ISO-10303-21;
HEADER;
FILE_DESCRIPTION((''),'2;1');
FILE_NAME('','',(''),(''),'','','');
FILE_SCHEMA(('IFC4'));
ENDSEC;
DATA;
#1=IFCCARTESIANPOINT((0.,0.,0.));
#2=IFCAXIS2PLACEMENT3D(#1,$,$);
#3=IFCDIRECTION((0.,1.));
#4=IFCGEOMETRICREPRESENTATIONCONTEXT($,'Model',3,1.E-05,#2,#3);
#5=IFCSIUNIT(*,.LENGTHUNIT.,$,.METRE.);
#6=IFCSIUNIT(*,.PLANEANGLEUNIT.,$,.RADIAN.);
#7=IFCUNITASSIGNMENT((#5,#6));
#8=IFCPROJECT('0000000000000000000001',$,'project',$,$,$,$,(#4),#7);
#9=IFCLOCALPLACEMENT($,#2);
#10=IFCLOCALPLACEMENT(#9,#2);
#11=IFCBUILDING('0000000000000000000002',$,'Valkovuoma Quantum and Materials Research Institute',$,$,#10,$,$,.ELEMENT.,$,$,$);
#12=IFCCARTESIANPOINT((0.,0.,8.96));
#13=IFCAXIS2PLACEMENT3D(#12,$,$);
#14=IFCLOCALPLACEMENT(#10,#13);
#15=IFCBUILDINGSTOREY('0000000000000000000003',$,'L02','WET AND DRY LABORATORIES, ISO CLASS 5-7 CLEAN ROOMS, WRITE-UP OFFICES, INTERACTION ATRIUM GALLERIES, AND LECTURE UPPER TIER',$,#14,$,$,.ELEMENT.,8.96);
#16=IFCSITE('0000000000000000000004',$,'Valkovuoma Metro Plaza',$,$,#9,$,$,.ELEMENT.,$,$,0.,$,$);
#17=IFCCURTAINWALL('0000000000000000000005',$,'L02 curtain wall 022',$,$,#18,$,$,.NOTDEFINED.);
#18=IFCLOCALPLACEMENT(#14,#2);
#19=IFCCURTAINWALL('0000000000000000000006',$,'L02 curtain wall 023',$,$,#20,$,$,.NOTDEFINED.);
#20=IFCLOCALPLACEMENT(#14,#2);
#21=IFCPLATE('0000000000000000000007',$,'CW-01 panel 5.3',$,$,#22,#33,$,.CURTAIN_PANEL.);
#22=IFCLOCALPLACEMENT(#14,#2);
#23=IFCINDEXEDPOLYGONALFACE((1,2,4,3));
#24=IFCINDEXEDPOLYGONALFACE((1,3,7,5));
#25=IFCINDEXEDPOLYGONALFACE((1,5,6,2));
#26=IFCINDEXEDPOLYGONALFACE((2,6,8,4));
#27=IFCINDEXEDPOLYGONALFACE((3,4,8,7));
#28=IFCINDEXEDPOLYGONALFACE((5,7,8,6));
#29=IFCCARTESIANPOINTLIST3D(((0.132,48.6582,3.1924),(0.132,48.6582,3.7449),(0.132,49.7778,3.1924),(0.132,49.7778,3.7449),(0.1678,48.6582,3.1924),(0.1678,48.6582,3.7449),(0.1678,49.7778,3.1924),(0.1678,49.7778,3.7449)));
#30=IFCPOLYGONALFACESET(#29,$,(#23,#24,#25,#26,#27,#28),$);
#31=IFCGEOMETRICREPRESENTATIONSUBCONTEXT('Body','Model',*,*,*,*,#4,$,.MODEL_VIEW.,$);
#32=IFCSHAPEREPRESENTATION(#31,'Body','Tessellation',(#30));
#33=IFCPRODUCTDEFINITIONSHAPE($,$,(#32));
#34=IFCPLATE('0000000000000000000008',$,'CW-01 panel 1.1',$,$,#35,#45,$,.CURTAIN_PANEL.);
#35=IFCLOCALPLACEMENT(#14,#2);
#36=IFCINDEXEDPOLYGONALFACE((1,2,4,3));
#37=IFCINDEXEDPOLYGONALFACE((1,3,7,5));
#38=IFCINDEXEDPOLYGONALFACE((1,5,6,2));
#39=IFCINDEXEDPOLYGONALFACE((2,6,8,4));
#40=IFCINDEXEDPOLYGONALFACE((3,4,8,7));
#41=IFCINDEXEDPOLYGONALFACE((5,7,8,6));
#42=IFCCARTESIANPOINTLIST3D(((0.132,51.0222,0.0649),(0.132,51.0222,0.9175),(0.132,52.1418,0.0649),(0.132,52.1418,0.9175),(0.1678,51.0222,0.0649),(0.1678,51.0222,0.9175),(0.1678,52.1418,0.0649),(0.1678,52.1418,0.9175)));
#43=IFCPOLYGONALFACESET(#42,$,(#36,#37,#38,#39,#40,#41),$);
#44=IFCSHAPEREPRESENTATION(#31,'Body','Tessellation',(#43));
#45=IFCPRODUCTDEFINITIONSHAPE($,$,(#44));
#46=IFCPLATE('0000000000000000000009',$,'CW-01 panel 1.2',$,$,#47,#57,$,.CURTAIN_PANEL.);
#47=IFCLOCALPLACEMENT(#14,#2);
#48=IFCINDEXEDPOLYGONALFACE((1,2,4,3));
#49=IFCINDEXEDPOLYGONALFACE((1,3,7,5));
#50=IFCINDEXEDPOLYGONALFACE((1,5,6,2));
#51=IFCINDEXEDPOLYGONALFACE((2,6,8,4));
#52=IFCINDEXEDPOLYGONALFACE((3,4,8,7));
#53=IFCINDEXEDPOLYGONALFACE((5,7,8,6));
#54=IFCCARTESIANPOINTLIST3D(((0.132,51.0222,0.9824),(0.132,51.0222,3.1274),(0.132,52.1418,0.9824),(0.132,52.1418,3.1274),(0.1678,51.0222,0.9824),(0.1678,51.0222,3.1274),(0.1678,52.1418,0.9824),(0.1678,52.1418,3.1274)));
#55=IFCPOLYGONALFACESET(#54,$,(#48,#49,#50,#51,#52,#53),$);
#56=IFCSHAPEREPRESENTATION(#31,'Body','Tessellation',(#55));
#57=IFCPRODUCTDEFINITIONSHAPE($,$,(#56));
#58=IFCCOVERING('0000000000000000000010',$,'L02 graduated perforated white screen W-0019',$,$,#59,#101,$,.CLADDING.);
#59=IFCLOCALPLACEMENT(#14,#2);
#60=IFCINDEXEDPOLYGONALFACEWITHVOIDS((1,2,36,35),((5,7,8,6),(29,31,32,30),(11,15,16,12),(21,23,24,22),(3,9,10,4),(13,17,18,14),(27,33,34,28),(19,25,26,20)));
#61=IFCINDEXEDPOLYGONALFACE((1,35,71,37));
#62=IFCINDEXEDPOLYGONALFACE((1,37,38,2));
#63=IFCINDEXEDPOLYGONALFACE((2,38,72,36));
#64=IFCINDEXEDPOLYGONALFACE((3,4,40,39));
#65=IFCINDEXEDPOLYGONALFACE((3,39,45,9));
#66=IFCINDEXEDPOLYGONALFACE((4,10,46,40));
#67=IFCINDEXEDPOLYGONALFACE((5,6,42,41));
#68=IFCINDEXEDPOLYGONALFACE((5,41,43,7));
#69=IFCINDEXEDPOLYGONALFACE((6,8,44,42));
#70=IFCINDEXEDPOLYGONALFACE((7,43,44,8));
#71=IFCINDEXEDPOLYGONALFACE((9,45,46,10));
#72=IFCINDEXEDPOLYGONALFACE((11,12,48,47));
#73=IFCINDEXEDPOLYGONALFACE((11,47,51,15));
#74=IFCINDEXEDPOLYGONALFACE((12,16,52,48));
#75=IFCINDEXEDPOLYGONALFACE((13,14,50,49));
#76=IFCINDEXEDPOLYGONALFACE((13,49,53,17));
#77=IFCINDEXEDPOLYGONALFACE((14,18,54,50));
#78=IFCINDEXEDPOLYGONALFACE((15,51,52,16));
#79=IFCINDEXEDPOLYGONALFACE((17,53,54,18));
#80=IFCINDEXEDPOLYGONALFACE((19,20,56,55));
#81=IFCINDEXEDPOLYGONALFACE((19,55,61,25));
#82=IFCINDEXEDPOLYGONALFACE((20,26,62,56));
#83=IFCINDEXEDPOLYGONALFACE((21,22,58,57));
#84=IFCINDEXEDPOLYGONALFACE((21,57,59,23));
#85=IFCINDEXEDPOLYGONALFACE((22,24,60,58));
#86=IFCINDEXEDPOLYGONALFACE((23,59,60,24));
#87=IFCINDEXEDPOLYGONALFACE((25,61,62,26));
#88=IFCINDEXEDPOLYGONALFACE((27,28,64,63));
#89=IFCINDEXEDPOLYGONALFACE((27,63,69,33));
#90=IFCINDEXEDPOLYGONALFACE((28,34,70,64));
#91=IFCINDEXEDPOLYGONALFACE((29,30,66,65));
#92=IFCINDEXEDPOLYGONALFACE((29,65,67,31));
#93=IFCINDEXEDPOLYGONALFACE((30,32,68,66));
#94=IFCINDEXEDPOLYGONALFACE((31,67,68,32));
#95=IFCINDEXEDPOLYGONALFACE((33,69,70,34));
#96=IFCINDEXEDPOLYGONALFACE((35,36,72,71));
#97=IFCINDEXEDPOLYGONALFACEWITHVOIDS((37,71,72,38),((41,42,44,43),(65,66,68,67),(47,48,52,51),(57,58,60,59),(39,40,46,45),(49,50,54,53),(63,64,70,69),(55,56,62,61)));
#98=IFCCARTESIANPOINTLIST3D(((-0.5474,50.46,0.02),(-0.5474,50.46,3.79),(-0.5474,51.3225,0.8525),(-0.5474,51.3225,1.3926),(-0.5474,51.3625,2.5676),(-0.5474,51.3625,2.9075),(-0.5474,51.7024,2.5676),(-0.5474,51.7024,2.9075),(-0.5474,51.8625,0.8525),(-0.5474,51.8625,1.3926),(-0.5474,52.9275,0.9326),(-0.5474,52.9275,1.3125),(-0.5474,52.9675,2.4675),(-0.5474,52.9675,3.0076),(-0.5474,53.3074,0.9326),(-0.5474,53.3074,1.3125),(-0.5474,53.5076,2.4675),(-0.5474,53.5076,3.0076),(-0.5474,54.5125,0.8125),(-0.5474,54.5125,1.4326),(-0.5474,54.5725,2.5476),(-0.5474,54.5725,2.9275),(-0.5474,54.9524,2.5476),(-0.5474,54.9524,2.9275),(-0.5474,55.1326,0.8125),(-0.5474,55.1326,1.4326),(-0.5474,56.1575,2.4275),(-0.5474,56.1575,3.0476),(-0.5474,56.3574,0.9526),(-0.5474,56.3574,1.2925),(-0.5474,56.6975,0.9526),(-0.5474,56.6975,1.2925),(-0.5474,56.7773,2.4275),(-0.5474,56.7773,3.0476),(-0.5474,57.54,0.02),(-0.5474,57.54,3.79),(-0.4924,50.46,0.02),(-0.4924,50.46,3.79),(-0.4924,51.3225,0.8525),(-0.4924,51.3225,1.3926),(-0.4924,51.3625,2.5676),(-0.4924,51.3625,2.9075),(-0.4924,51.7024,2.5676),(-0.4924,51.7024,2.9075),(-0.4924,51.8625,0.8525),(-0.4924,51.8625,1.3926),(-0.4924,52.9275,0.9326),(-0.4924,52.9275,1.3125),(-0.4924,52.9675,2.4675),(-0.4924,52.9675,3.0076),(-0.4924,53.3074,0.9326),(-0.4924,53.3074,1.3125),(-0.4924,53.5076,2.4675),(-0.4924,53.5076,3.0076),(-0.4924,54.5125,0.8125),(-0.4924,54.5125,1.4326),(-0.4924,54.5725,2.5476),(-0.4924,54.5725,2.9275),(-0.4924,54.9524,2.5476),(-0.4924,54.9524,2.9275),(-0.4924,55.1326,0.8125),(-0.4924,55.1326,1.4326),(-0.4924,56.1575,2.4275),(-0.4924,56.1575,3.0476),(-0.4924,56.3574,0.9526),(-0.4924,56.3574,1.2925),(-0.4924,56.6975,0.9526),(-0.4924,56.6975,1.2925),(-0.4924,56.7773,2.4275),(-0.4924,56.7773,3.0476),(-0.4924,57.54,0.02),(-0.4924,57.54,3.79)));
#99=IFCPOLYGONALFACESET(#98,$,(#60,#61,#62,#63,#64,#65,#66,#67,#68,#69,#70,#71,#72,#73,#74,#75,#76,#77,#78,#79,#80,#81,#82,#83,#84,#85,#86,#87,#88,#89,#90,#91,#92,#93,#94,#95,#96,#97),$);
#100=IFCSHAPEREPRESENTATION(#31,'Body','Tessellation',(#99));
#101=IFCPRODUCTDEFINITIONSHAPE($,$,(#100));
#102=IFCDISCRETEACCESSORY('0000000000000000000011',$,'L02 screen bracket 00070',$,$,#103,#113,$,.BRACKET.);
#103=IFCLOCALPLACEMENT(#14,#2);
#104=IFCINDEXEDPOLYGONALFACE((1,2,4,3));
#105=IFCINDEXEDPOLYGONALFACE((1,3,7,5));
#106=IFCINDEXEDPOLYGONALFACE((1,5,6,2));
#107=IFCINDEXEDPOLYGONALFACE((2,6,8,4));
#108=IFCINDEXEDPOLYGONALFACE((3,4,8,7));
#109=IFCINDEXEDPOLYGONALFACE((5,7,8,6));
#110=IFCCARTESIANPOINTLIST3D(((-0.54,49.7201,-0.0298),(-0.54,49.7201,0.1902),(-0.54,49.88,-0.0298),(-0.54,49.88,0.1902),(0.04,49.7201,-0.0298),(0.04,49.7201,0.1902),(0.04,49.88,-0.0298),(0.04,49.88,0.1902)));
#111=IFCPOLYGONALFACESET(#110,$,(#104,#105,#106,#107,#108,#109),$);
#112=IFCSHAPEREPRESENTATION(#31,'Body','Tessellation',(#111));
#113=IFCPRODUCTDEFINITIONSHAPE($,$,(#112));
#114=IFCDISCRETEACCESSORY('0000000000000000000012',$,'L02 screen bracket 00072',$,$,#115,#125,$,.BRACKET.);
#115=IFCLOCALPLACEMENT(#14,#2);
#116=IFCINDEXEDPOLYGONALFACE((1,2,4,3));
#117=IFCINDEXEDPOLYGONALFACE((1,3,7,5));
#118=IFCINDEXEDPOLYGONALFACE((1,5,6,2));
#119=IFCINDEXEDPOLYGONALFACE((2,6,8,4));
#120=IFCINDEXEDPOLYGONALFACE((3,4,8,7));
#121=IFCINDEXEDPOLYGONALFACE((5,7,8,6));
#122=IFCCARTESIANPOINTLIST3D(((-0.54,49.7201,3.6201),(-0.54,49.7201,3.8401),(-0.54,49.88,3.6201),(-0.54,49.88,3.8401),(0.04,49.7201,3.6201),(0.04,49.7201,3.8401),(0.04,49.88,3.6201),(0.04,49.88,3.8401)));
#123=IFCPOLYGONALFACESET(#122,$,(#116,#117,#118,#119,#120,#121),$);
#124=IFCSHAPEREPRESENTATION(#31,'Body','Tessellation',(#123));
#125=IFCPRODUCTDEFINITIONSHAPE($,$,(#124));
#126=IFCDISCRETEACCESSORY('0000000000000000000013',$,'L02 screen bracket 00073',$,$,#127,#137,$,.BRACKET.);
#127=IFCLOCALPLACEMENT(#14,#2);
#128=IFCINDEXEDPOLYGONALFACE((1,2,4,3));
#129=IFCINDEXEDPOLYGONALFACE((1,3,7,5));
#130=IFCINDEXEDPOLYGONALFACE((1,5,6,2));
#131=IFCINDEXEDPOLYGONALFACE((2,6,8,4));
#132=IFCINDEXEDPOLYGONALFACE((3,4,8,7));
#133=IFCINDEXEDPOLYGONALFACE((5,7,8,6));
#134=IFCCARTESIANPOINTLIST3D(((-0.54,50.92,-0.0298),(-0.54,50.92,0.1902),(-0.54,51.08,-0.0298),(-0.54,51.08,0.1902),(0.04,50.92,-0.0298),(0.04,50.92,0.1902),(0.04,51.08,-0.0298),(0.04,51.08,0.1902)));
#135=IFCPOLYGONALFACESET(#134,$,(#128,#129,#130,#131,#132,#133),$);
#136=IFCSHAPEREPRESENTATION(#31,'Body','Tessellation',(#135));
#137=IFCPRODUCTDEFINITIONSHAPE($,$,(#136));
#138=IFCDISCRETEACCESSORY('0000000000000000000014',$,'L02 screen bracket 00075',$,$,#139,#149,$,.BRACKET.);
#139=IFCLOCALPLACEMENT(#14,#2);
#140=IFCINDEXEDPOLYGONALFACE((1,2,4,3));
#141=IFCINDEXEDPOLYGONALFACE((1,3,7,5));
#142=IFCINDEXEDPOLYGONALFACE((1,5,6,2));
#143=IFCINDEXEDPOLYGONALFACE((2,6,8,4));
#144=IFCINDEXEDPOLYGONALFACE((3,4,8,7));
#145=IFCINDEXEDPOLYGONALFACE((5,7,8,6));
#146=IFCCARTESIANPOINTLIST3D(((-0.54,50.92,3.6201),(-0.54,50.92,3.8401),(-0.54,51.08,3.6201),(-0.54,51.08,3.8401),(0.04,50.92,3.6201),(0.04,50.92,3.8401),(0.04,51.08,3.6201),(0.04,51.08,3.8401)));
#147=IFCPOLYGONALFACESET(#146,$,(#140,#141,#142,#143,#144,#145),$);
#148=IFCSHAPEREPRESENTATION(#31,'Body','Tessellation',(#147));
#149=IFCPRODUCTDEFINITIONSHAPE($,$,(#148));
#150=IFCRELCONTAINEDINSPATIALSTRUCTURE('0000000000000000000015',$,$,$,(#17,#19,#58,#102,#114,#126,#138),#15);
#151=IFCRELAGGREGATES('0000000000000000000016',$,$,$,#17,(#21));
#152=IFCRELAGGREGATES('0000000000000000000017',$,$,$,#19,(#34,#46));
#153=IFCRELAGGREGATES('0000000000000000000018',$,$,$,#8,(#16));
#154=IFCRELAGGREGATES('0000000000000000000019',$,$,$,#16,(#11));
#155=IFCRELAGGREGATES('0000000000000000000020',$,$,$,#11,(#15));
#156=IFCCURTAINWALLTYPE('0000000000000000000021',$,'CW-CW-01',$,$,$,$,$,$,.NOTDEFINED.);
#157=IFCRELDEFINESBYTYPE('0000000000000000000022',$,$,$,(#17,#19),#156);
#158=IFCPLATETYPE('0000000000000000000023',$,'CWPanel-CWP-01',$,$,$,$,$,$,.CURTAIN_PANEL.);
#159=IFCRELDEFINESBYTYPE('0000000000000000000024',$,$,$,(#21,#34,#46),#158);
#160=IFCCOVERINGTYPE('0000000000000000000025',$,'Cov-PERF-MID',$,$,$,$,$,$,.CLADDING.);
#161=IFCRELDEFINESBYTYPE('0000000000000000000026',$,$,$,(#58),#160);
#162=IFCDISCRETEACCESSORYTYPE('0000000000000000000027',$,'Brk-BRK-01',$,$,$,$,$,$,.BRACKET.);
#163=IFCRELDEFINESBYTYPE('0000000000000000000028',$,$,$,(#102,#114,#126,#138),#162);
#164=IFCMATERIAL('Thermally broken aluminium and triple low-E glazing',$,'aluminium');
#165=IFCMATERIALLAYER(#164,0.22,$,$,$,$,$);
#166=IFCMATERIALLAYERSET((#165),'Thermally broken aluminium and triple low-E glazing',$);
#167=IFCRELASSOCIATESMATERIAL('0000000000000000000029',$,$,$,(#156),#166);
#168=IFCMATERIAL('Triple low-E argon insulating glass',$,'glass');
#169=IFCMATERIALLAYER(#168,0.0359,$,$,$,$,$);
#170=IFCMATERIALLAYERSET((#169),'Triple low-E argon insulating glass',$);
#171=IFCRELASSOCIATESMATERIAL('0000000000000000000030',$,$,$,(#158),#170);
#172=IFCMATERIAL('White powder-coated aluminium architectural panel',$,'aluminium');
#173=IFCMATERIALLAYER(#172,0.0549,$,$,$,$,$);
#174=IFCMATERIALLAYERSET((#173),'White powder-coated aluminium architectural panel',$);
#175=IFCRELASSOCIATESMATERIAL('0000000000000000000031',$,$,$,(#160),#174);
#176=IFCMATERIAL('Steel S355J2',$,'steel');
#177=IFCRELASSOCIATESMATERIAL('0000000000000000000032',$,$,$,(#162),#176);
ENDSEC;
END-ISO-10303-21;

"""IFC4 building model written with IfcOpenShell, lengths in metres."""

from ifc_helpers import new_model, si_unit, direction, frame, origin, origin_2d, place, context, subcontext, project, spatial, polyline, rectangle, outline, extrude, material, layer, layer_set, type_object, element, aggregate, save


model = new_model("IFC4")

# Units and contexts
model_context = context("Model", 3, precision=1e-05, world=origin(), true_north=direction((0.0, 1.0)))
body_context = subcontext(model_context, "Body", "Model", "MODEL_VIEW")
ifc_project = project(units=[si_unit("LENGTHUNIT", "METRE"), si_unit("PLANEANGLEUNIT", "RADIAN")], contexts=[model_context])

# Site, building, storey
site_placement = place(None, origin())
site = spatial("IfcSite", under=ifc_project, at=site_placement, Name="Valkovuoma Metro Plaza", CompositionType="ELEMENT", RefElevation=0.0)
building_placement = place(site_placement, origin())
building = spatial("IfcBuilding", under=site, at=building_placement, Name="Valkovuoma Quantum and Materials Research Institute", CompositionType="ELEMENT")
storey_placement = place(building_placement, frame((0.0, 0.0, 8.96)))
storey = spatial("IfcBuildingStorey", under=building, at=storey_placement, Name="L02", Description="WET AND DRY LABORATORIES, ISO CLASS 5-7 CLEAN ROOMS, WRITE-UP OFFICES, INTERACTION ATRIUM GALLERIES, AND LECTURE UPPER TIER", CompositionType="ELEMENT", Elevation=8.96)

# Curtain wall
ifc_material_1 = material(Name="Thermally broken aluminium and triple low-E glazing", Category="aluminium")
ifc_layer_1 = layer(ifc_material_1, 0.22)
ifc_layer_set_1 = layer_set([ifc_layer_1], Name="Thermally broken aluminium and triple low-E glazing")
curtain_wall_type = type_object("IfcCurtainWallType", Name="CW-CW-01", PredefinedType="NOTDEFINED", material=ifc_layer_set_1)
curtain_wall_1_placement = place(storey_placement, origin())
curtain_wall_1 = element("IfcCurtainWall", 1, at=curtain_wall_1_placement, inside=storey, type_object=curtain_wall_type, Name="L02 curtain wall 022", PredefinedType="NOTDEFINED")

# Curtain wall
curtain_wall_2_placement = place(storey_placement, origin())
curtain_wall_2 = element("IfcCurtainWall", 2, at=curtain_wall_2_placement, inside=storey, type_object=curtain_wall_type, Name="L02 curtain wall 023", PredefinedType="NOTDEFINED")

# Plates
ifc_material_2 = material(Name="Triple low-E argon insulating glass", Category="glass")
ifc_layer_2 = layer(ifc_material_2, 0.0359)
ifc_layer_set_2 = layer_set([ifc_layer_2], Name="Triple low-E argon insulating glass")
plate_type = type_object("IfcPlateType", Name="CWPanel-CWP-01", PredefinedType="CURTAIN_PANEL", material=ifc_layer_set_2)
plate_1_placement = place(storey_placement, frame((0.1499, 49.218, 3.1924), z_axis=(0.0, 0.0, 1.0), x_axis=(0.0, 1.0, 0.0)))
plate_1 = element("IfcPlate", 3, at=plate_1_placement, type_object=plate_type, Name="CW-01 panel 5.3", PredefinedType="CURTAIN_PANEL", context=body_context, shape_type="SweptSolid", body=[
    extrude(rectangle(XDim=1.1196, YDim=0.0359, at=origin_2d()), origin(), (0.0, 0.0, 1.0), 0.5525),
])
aggregate(curtain_wall_1, [plate_1])
plate_2_placement = place(storey_placement, frame((0.1499, 51.582, 0.0649), z_axis=(0.0, 0.0, 1.0), x_axis=(0.0, 1.0, 0.0)))
plate_2 = element("IfcPlate", 4, at=plate_2_placement, type_object=plate_type, Name="CW-01 panel 1.1", PredefinedType="CURTAIN_PANEL", context=body_context, shape_type="SweptSolid", body=[
    extrude(rectangle(XDim=1.1196, YDim=0.0359, at=origin_2d()), origin(), (0.0, 0.0, 1.0), 0.8525),
])
plate_3_placement = place(storey_placement, frame((0.1499, 51.582, 0.9824), z_axis=(0.0, 0.0, 1.0), x_axis=(0.0, 1.0, 0.0)))
plate_3 = element("IfcPlate", 5, at=plate_3_placement, type_object=plate_type, Name="CW-01 panel 1.2", PredefinedType="CURTAIN_PANEL", context=body_context, shape_type="SweptSolid", body=[
    extrude(rectangle(XDim=1.1196, YDim=0.0359, at=origin_2d()), origin(), (0.0, 0.0, 1.0), 2.145),
])
aggregate(curtain_wall_2, [plate_2, plate_3])

# Covering
ifc_material_3 = material(Name="White powder-coated aluminium architectural panel", Category="aluminium")
ifc_layer_3 = layer(ifc_material_3, 0.0549)
ifc_layer_set_3 = layer_set([ifc_layer_3], Name="White powder-coated aluminium architectural panel")
covering_type = type_object("IfcCoveringType", Name="Cov-PERF-MID", PredefinedType="CLADDING", material=ifc_layer_set_3)
covering_placement = place(storey_placement, frame((-0.52, 50.46, 0.02), z_axis=(0.0, 0.0, 1.0), x_axis=(0.0, 1.0, 0.0)))
element("IfcCovering", 6, at=covering_placement, inside=storey, type_object=covering_type, Name="L02 graduated perforated white screen W-0019", PredefinedType="CLADDING", context=body_context, shape_type="SweptSolid", body=[
    extrude(outline(polyline([(0.0, 0.0), (7.0801, 0.0), (7.0801, 3.77), (0.0, 3.77), (0.0, 0.0)]), holes=[polyline([(0.8625, 0.8325), (0.8625, 1.3726), (1.4026, 1.3726), (1.4026, 0.8325), (0.8625, 0.8325)]), polyline([(0.9026, 2.5476), (0.9026, 2.8875), (1.2424, 2.8875), (1.2424, 2.5476), (0.9026, 2.5476)]), polyline([(2.4675, 0.9126), (2.4675, 1.2925), (2.8474, 1.2925), (2.8474, 0.9126), (2.4675, 0.9126)]), polyline([(2.5076, 2.4475), (2.5076, 2.9875), (3.0476, 2.9875), (3.0476, 2.4475), (2.5076, 2.4475)]), polyline([(4.0525, 0.7925), (4.0525, 1.4126), (4.6726, 1.4126), (4.6726, 0.7925), (4.0525, 0.7925)]), polyline([(4.1125, 2.5276), (4.1125, 2.9075), (4.4924, 2.9075), (4.4924, 2.5276), (4.1125, 2.5276)]), polyline([(5.8975, 0.9326), (5.8975, 1.2725), (6.2375, 1.2725), (6.2375, 0.9326), (5.8975, 0.9326)]), polyline([(5.6975, 2.4075), (5.6975, 3.0276), (6.3174, 3.0276), (6.3174, 2.4075), (5.6975, 2.4075)])]), frame((0.0, 0.0273, 0.0), z_axis=(0.0, -1.0, 0.0), x_axis=(1.0, 0.0, 0.0)), (0.0, 0.0, 1.0), 0.0549),
])

# Discrete accessories
ifc_material_4 = material(Name="Steel S355J2", Category="steel")
discrete_accessory_type = type_object("IfcDiscreteAccessoryType", Name="Brk-BRK-01", PredefinedType="BRACKET", material=ifc_material_4)
for number, where, z_axis, x_axis, name in (
    (7, (-0.25, 49.8, -0.0298), (0.0, 0.0, 1.0), (1.0, 0.0, 0.0), "L02 screen bracket 00070"),
    (8, (-0.25, 49.8, 3.6201), (0.0, 0.0, 1.0), (1.0, 0.0, 0.0), "L02 screen bracket 00072"),
    (9, (-0.25, 51.0, -0.0298), (0.0, 0.0, 1.0), (1.0, 0.0, 0.0), "L02 screen bracket 00073"),
    (10, (-0.25, 51.0, 3.6201), (0.0, 0.0, 1.0), (1.0, 0.0, 0.0), "L02 screen bracket 00075"),
):
    element("IfcDiscreteAccessory", number, at=place(storey_placement, frame(where, z_axis=z_axis, x_axis=x_axis)), inside=storey, type_object=discrete_accessory_type, Name=name, PredefinedType="BRACKET", context=body_context, shape_type="SweptSolid", body=[
        extrude(rectangle(XDim=0.5801, YDim=0.1599, at=origin_2d()), origin(), (0.0, 0.0, 1.0), 0.22),
    ])

save(model, "model.ifc")
